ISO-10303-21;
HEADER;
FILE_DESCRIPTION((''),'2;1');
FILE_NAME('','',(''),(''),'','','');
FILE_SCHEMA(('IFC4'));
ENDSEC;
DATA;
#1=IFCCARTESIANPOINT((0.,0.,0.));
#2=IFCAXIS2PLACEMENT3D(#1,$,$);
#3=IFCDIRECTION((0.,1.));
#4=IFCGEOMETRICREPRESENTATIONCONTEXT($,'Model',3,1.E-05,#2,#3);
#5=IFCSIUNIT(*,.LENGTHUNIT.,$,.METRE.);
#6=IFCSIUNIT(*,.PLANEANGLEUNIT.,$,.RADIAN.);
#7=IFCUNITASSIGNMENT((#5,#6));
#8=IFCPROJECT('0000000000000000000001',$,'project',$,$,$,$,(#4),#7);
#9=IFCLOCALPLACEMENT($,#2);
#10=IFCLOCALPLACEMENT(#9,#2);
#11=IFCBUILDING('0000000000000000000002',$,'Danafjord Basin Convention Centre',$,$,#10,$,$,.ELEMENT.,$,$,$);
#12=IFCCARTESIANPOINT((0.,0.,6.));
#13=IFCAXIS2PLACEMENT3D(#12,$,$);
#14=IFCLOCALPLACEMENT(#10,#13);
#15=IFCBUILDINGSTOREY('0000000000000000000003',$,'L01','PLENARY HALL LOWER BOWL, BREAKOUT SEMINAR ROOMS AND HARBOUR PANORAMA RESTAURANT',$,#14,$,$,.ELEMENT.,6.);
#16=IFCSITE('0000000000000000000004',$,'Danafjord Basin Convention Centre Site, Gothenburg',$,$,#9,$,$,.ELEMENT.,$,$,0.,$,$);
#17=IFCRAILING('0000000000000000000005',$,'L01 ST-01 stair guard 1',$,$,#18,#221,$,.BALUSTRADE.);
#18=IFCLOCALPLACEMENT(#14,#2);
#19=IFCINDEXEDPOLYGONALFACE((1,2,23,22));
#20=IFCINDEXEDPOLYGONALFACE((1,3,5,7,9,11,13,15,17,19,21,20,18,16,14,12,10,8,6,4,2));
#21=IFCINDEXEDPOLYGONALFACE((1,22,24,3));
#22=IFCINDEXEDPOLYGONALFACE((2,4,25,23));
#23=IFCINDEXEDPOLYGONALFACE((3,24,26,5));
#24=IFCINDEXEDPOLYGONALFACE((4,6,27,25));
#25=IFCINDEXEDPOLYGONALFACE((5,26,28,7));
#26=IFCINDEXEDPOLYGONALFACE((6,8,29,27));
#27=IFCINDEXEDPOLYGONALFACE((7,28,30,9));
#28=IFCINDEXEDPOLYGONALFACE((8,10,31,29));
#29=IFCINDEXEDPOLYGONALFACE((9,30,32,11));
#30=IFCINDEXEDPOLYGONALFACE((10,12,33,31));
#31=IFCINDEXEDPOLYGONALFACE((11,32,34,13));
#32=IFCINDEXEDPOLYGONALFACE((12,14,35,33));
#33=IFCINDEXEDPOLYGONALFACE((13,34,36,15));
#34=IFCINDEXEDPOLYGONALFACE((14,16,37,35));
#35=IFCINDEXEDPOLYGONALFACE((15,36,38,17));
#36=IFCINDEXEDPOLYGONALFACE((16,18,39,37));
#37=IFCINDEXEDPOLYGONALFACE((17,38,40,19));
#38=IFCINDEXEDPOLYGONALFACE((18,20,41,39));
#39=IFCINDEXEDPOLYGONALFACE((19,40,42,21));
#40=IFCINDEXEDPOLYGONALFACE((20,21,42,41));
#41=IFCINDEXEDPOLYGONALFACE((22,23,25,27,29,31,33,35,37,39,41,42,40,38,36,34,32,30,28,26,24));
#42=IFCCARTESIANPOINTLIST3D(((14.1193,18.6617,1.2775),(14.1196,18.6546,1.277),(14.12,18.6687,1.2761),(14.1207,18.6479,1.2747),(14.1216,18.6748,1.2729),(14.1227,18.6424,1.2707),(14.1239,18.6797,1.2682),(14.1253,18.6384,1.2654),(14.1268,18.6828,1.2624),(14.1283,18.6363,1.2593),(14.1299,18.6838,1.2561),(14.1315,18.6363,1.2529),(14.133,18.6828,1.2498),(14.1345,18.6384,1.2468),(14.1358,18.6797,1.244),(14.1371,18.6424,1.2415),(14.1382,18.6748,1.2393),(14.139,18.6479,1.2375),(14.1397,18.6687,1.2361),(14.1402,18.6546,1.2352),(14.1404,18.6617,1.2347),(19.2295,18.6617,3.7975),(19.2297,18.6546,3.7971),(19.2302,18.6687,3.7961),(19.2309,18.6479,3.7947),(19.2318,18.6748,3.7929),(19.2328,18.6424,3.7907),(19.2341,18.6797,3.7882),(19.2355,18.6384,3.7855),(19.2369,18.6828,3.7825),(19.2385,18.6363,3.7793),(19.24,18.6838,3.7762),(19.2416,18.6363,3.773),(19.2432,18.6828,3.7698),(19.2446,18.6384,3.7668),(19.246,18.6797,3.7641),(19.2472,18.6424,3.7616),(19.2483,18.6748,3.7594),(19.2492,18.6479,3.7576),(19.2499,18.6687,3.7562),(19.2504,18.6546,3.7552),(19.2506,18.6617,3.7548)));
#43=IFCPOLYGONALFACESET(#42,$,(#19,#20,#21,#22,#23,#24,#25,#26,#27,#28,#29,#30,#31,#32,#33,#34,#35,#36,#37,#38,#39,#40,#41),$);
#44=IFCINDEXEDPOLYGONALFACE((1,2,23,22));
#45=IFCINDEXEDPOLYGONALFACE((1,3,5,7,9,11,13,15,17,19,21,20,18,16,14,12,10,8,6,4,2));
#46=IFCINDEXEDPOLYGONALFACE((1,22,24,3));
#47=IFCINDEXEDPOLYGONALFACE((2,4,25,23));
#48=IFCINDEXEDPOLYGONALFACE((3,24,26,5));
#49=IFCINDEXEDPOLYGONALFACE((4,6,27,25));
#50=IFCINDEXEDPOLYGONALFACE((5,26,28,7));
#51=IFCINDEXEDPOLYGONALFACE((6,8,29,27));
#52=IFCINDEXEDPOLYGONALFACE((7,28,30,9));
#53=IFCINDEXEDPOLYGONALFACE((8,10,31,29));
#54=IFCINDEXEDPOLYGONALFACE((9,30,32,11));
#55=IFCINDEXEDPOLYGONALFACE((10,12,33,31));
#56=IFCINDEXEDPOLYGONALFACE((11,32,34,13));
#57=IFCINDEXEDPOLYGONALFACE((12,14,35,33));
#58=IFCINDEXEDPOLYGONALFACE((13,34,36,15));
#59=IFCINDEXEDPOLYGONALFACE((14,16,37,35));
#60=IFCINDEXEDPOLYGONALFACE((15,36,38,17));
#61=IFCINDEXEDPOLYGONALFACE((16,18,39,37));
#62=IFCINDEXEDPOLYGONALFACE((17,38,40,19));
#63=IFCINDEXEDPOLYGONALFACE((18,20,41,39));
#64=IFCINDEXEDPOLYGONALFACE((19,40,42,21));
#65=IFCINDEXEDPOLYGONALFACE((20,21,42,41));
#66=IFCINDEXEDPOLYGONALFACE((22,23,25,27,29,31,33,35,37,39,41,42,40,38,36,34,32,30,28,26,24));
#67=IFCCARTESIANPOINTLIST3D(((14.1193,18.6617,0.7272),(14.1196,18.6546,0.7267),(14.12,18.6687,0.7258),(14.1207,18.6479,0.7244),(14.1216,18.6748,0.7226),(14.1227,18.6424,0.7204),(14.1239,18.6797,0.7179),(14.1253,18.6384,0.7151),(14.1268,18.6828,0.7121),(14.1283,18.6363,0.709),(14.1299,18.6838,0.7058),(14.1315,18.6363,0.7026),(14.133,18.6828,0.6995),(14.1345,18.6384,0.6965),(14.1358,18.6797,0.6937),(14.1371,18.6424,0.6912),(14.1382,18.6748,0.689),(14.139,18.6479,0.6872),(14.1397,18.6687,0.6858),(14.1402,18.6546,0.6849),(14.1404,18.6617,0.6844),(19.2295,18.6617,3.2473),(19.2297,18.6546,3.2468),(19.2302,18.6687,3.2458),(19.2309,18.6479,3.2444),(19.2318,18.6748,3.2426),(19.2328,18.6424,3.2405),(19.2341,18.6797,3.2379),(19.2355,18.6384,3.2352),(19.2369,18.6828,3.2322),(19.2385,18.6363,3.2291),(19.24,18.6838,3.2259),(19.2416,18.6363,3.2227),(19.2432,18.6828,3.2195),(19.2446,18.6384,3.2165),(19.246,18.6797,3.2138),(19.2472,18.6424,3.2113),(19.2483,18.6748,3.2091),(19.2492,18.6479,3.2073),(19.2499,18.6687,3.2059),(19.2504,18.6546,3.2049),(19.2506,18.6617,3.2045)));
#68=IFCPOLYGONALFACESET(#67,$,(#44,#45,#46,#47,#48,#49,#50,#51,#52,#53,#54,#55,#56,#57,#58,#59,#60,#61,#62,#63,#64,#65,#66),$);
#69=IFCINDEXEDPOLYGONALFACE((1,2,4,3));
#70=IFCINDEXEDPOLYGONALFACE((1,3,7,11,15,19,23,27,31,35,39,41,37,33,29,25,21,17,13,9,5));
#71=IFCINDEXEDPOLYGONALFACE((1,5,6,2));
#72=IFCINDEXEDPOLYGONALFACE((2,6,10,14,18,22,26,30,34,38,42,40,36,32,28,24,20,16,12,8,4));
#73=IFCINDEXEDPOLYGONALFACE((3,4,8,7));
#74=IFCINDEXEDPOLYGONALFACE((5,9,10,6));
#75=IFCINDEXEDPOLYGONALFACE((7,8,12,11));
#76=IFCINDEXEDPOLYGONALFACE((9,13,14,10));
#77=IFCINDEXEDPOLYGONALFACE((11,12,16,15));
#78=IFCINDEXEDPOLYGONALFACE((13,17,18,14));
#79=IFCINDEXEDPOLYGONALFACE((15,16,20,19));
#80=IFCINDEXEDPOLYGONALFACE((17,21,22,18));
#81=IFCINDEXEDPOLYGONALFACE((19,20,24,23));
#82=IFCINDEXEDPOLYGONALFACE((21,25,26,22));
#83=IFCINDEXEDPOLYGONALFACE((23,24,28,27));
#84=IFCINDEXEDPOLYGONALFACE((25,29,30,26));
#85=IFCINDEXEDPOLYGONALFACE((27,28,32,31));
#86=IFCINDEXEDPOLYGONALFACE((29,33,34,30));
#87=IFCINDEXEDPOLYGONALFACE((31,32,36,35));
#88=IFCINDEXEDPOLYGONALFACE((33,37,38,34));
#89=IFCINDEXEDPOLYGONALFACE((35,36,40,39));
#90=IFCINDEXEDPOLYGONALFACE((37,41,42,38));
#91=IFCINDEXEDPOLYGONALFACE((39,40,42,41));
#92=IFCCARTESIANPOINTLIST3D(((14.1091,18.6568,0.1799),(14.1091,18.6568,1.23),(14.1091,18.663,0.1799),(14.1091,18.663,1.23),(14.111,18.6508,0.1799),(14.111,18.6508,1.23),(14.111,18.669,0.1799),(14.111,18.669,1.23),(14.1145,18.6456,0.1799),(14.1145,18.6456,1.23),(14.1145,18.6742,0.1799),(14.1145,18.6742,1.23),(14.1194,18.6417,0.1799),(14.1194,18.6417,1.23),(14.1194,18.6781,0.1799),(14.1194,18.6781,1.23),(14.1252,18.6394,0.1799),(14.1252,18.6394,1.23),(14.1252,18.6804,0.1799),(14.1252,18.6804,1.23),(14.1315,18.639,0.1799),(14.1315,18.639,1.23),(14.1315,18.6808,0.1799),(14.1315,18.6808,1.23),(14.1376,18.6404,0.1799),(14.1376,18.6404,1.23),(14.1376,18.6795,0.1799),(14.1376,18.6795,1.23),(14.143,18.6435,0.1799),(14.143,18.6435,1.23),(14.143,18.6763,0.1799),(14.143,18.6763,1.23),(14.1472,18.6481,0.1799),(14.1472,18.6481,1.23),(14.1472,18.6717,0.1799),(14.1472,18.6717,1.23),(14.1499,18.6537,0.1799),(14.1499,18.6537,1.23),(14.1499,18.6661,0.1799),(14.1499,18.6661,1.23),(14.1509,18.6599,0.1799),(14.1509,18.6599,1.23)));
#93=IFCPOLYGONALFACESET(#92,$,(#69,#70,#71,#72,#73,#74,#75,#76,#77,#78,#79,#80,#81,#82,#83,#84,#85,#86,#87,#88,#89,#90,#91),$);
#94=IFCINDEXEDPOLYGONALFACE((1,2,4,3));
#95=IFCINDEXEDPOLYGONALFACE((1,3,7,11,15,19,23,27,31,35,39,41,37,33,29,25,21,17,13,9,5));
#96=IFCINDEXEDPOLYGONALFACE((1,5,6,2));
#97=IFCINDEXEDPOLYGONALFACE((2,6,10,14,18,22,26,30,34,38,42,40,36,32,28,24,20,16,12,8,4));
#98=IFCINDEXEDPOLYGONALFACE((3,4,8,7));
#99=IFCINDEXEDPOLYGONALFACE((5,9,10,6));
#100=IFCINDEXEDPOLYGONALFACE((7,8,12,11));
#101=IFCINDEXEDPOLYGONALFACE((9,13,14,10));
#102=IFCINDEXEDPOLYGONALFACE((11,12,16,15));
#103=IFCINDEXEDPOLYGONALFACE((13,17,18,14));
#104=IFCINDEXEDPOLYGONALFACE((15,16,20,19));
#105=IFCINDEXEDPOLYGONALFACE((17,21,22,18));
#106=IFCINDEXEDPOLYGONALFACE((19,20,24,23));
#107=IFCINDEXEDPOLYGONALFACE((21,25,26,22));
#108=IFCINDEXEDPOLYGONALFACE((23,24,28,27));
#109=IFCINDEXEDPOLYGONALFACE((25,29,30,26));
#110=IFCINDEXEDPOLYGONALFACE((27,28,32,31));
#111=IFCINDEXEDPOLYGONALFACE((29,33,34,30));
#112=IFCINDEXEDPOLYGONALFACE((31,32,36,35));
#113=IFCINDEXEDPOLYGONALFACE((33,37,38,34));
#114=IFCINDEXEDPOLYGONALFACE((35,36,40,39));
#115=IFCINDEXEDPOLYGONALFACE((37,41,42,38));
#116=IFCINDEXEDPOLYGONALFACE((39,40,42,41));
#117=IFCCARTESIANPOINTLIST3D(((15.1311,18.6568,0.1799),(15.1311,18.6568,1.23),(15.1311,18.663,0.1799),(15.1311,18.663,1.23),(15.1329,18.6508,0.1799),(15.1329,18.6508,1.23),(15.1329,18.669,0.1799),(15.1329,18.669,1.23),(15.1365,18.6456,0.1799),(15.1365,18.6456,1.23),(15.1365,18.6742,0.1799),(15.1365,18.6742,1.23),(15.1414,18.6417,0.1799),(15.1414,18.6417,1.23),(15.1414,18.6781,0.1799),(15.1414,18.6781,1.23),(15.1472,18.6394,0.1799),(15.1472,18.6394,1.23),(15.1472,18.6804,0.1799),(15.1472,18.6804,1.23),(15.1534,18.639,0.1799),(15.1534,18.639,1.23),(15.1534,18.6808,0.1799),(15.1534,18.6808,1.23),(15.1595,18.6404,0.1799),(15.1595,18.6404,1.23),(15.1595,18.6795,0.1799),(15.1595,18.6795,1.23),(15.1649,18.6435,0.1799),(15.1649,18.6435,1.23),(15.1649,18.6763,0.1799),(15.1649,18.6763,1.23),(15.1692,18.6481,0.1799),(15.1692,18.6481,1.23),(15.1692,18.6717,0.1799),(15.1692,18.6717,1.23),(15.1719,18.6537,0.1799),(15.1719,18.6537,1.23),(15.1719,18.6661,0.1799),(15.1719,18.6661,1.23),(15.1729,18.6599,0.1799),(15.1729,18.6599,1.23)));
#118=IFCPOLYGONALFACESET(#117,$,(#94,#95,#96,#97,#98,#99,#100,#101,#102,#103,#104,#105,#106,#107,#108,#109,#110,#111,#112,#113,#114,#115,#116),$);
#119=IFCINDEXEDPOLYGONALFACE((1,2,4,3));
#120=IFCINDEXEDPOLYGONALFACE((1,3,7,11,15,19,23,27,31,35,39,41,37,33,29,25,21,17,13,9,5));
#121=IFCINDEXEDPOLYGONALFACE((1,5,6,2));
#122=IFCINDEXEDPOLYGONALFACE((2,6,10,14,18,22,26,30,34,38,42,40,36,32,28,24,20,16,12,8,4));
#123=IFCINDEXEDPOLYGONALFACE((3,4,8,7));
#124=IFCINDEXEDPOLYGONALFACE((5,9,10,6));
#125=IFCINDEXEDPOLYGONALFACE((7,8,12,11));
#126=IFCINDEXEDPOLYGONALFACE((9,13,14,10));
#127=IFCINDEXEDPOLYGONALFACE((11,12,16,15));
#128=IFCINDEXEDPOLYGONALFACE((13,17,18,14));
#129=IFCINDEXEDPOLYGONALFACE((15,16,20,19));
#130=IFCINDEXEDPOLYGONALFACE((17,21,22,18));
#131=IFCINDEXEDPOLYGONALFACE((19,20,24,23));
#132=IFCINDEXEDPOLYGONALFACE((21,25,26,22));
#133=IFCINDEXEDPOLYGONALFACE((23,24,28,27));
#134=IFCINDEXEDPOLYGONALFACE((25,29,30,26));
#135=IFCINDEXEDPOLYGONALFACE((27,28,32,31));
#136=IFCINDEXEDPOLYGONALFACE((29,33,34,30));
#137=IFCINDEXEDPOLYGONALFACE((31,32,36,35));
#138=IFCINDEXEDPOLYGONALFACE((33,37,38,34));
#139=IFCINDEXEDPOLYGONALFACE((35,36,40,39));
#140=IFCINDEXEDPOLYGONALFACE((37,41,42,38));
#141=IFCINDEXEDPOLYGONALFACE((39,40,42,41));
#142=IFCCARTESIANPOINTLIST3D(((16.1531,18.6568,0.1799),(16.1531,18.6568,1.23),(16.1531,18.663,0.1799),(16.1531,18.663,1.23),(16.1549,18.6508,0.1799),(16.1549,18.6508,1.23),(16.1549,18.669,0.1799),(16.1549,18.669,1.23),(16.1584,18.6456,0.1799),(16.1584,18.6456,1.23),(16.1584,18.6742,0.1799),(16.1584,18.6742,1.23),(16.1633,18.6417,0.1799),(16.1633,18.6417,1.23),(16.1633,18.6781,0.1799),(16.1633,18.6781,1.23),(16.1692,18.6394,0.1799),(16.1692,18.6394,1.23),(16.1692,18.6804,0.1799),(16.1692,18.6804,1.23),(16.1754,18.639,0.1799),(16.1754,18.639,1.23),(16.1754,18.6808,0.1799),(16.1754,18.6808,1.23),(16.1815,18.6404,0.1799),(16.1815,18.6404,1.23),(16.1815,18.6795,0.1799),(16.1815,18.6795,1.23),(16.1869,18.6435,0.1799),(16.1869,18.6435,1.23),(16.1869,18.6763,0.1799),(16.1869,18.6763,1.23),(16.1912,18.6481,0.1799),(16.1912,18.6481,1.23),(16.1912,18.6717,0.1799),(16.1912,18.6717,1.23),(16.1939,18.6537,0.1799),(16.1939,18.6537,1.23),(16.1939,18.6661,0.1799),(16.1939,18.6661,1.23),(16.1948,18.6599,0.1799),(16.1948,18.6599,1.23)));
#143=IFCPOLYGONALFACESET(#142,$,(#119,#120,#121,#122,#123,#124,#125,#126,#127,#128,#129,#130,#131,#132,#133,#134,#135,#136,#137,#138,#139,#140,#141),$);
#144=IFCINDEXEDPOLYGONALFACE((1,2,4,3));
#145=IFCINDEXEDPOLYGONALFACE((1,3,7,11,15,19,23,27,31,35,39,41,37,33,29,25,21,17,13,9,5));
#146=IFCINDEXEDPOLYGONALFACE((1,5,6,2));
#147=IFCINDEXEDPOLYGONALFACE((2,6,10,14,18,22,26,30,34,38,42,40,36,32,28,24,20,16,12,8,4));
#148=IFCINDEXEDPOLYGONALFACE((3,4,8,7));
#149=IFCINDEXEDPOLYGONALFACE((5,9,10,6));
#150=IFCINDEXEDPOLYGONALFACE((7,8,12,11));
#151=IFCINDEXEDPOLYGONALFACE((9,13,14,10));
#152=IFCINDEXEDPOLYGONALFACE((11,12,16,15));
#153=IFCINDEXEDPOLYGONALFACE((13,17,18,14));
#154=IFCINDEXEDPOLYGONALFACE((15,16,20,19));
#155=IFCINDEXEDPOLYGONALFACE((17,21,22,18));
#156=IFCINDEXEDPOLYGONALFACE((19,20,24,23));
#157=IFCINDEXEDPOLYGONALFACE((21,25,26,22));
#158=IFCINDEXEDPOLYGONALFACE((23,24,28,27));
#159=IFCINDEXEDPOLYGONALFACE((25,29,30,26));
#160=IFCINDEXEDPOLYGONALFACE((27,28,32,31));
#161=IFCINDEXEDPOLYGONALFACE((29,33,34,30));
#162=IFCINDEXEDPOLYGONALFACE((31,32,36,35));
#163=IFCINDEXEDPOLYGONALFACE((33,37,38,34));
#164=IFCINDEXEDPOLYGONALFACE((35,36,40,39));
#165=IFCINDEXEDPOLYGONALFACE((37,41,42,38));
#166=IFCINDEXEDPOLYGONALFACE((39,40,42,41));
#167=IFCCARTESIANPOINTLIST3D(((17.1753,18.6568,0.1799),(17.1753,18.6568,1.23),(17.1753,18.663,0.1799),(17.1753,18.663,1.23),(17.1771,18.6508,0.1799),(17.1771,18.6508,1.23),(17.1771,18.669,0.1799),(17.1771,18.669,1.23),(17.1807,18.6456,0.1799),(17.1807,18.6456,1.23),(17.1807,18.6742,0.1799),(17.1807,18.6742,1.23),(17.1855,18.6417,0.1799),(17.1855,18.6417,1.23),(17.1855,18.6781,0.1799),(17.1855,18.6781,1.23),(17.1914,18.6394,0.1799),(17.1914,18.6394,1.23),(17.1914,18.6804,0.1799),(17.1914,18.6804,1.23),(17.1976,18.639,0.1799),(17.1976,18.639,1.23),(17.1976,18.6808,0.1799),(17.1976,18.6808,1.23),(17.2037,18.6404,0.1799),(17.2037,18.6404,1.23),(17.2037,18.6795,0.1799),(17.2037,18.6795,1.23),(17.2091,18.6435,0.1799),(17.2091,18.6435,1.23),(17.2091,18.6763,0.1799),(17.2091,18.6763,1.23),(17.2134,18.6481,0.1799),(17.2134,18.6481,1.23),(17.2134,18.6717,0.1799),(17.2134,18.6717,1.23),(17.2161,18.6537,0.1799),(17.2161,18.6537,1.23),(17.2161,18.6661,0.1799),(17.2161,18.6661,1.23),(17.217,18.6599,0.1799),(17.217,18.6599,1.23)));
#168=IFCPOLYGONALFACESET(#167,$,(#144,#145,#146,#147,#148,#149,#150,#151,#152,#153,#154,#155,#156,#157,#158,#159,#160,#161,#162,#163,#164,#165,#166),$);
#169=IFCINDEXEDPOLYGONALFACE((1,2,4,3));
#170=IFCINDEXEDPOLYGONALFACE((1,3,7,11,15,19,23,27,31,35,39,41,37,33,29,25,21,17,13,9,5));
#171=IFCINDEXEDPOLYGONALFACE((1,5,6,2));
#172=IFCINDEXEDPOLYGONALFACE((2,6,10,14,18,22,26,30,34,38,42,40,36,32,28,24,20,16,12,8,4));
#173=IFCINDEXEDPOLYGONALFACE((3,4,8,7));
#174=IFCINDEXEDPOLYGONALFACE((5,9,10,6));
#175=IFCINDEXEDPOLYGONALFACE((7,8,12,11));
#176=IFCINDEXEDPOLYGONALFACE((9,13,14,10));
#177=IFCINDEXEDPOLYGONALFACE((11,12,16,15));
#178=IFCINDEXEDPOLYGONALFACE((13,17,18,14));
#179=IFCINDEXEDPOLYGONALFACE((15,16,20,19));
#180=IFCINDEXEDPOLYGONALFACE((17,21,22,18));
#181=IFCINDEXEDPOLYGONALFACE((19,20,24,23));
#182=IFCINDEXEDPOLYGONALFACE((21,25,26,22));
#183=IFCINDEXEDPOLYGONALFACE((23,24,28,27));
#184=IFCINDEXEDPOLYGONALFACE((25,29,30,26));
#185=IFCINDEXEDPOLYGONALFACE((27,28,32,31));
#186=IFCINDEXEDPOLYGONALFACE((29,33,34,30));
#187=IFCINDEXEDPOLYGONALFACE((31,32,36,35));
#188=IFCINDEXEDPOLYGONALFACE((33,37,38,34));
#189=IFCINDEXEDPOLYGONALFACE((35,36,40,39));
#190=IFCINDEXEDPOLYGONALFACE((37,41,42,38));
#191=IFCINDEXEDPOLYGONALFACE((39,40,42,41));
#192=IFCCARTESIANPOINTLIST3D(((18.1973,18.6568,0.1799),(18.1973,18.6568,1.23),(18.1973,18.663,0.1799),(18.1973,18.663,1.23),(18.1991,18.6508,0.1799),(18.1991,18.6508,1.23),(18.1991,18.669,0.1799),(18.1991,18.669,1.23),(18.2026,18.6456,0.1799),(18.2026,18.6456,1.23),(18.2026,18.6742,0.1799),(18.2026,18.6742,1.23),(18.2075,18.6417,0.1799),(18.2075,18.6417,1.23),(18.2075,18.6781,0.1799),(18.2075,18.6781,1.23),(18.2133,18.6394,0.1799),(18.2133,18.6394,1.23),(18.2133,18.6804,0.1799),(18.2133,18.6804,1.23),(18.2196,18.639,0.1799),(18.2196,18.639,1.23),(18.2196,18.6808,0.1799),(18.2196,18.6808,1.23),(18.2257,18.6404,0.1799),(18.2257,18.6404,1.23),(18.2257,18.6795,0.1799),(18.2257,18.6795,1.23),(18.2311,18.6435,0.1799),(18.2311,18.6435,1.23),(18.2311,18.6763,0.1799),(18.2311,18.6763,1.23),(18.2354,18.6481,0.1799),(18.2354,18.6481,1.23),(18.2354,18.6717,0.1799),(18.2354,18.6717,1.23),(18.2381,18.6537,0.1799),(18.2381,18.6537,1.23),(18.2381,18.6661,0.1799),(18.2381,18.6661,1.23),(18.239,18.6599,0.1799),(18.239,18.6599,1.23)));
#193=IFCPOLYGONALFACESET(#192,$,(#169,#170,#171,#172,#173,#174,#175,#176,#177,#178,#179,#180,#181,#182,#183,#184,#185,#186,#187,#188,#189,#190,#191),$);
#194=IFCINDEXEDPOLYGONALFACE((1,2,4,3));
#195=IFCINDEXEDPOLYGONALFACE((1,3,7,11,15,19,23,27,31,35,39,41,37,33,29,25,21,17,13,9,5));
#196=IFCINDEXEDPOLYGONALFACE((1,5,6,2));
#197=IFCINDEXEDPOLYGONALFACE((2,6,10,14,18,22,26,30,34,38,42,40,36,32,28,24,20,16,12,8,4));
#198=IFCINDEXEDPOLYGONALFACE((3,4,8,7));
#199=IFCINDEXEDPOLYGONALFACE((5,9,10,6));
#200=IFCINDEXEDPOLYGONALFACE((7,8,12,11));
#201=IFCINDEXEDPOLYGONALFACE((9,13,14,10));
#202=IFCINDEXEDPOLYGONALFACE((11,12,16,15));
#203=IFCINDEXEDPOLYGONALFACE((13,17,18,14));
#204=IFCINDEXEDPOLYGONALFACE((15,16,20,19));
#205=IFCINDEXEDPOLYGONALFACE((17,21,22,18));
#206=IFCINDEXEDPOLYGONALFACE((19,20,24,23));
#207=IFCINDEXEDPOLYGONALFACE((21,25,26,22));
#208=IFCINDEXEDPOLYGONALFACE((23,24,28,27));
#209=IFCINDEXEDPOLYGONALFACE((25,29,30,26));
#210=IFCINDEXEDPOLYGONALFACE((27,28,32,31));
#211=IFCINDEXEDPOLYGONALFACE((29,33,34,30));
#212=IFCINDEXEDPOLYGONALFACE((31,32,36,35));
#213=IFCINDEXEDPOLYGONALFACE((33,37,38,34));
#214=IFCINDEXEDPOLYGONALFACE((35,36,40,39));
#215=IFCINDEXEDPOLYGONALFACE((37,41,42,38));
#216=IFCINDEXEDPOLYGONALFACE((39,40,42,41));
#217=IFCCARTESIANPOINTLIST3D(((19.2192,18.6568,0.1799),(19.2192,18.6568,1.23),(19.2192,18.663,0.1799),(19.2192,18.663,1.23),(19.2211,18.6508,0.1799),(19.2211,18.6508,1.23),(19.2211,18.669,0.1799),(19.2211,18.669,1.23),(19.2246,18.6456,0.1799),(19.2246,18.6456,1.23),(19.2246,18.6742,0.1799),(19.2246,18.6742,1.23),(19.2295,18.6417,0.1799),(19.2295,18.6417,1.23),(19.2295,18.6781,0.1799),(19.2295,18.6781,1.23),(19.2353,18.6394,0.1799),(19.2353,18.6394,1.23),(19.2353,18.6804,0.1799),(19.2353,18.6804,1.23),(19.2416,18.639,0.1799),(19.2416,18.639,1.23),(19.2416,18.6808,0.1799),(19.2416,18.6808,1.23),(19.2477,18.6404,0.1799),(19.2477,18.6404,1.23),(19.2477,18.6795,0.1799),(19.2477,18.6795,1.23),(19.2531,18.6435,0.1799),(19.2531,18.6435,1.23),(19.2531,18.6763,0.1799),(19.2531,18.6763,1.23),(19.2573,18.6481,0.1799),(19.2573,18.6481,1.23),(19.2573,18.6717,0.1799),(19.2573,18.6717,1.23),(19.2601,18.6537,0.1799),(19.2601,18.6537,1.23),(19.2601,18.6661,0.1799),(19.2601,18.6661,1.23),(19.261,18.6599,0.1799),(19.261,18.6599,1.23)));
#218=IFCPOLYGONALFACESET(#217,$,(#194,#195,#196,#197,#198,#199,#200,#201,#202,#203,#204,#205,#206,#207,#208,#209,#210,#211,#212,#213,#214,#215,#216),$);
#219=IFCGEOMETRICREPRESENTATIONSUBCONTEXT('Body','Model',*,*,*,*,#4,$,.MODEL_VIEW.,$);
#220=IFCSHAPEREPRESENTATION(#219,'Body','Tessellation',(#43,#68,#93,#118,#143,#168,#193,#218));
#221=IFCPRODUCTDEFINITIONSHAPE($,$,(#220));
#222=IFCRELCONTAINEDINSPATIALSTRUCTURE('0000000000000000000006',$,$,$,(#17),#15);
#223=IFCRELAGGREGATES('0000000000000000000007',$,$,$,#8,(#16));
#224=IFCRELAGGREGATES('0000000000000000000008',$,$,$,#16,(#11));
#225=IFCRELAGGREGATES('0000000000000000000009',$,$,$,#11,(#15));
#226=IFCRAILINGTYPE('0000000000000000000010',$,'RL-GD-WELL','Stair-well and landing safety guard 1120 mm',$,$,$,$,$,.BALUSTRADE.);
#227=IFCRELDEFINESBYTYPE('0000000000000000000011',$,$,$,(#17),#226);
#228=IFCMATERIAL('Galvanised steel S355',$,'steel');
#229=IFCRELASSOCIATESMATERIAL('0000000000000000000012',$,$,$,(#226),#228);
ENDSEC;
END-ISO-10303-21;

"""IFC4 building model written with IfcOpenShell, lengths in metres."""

from ifc_helpers import new_model, si_unit, direction, frame, origin, origin_2d, place, context, subcontext, project, spatial, circle, extrude, material, type_object, element, save


model = new_model("IFC4")

# Units and contexts
model_context = context("Model", 3, precision=1e-05, world=origin(), true_north=direction((0.0, 1.0)))
body_context = subcontext(model_context, "Body", "Model", "MODEL_VIEW")
ifc_project = project(units=[si_unit("LENGTHUNIT", "METRE"), si_unit("PLANEANGLEUNIT", "RADIAN")], contexts=[model_context])

# Site, building, storey
site_placement = place(None, origin())
site = spatial("IfcSite", under=ifc_project, at=site_placement, Name="Danafjord Basin Convention Centre Site, Gothenburg", CompositionType="ELEMENT", RefElevation=0.0)
building_placement = place(site_placement, origin())
building = spatial("IfcBuilding", under=site, at=building_placement, Name="Danafjord Basin Convention Centre", CompositionType="ELEMENT")
storey_placement = place(building_placement, frame((0.0, 0.0, 6.0)))
storey = spatial("IfcBuildingStorey", under=building, at=storey_placement, Name="L01", Description="PLENARY HALL LOWER BOWL, BREAKOUT SEMINAR ROOMS AND HARBOUR PANORAMA RESTAURANT", CompositionType="ELEMENT", Elevation=6.0)

# Railing
ifc_material_1 = material(Name="Galvanised steel S355", Category="steel")
railing_type_1 = type_object("IfcRailingType", Name="RL-GD-WELL", Description="Stair-well and landing safety guard 1120 mm", PredefinedType="BALUSTRADE", material=ifc_material_1)
railing_1_placement = place(storey_placement, frame((14.1299, 18.6599, 0.1799)))
element("IfcRailing", 1, at=railing_1_placement, inside=storey, type_object=railing_type_1, Name="L01 ST-01 stair guard 1", PredefinedType="BALUSTRADE", context=body_context, shape_type="SweptSolid", body=[
    extrude(circle(Radius=0.0239, at=origin_2d()), frame((0.0, 0.0, 1.0762), z_axis=(0.896873, 0.0, 0.442288), x_axis=(0.0, 1.0, 0.0)), (0.0, 0.0, 1.0), 5.6978),
    extrude(circle(Radius=0.0239, at=origin_2d()), frame((0.0, 0.0, 0.5259), z_axis=(0.896873, 0.0, 0.442288), x_axis=(0.0, 1.0, 0.0)), (0.0, 0.0, 1.0), 5.6978),
    extrude(circle(Radius=0.021, at=origin_2d()), origin(), (0.0, 0.0, 1.0), 1.05),
    extrude(circle(Radius=0.021, at=origin_2d()), frame((1.022, 0.0, 0.0)), (0.0, 0.0, 1.0), 1.05),
    extrude(circle(Radius=0.021, at=origin_2d()), frame((2.0439, 0.0, 0.0)), (0.0, 0.0, 1.0), 1.05),
    extrude(circle(Radius=0.021, at=origin_2d()), frame((3.0662, 0.0, 0.0)), (0.0, 0.0, 1.0), 1.05),
    extrude(circle(Radius=0.021, at=origin_2d()), frame((4.0881, 0.0, 0.0)), (0.0, 0.0, 1.0), 1.05),
    extrude(circle(Radius=0.021, at=origin_2d()), frame((5.1101, 0.0, 0.0)), (0.0, 0.0, 1.0), 1.05),
])

save(model, "model.ifc")
